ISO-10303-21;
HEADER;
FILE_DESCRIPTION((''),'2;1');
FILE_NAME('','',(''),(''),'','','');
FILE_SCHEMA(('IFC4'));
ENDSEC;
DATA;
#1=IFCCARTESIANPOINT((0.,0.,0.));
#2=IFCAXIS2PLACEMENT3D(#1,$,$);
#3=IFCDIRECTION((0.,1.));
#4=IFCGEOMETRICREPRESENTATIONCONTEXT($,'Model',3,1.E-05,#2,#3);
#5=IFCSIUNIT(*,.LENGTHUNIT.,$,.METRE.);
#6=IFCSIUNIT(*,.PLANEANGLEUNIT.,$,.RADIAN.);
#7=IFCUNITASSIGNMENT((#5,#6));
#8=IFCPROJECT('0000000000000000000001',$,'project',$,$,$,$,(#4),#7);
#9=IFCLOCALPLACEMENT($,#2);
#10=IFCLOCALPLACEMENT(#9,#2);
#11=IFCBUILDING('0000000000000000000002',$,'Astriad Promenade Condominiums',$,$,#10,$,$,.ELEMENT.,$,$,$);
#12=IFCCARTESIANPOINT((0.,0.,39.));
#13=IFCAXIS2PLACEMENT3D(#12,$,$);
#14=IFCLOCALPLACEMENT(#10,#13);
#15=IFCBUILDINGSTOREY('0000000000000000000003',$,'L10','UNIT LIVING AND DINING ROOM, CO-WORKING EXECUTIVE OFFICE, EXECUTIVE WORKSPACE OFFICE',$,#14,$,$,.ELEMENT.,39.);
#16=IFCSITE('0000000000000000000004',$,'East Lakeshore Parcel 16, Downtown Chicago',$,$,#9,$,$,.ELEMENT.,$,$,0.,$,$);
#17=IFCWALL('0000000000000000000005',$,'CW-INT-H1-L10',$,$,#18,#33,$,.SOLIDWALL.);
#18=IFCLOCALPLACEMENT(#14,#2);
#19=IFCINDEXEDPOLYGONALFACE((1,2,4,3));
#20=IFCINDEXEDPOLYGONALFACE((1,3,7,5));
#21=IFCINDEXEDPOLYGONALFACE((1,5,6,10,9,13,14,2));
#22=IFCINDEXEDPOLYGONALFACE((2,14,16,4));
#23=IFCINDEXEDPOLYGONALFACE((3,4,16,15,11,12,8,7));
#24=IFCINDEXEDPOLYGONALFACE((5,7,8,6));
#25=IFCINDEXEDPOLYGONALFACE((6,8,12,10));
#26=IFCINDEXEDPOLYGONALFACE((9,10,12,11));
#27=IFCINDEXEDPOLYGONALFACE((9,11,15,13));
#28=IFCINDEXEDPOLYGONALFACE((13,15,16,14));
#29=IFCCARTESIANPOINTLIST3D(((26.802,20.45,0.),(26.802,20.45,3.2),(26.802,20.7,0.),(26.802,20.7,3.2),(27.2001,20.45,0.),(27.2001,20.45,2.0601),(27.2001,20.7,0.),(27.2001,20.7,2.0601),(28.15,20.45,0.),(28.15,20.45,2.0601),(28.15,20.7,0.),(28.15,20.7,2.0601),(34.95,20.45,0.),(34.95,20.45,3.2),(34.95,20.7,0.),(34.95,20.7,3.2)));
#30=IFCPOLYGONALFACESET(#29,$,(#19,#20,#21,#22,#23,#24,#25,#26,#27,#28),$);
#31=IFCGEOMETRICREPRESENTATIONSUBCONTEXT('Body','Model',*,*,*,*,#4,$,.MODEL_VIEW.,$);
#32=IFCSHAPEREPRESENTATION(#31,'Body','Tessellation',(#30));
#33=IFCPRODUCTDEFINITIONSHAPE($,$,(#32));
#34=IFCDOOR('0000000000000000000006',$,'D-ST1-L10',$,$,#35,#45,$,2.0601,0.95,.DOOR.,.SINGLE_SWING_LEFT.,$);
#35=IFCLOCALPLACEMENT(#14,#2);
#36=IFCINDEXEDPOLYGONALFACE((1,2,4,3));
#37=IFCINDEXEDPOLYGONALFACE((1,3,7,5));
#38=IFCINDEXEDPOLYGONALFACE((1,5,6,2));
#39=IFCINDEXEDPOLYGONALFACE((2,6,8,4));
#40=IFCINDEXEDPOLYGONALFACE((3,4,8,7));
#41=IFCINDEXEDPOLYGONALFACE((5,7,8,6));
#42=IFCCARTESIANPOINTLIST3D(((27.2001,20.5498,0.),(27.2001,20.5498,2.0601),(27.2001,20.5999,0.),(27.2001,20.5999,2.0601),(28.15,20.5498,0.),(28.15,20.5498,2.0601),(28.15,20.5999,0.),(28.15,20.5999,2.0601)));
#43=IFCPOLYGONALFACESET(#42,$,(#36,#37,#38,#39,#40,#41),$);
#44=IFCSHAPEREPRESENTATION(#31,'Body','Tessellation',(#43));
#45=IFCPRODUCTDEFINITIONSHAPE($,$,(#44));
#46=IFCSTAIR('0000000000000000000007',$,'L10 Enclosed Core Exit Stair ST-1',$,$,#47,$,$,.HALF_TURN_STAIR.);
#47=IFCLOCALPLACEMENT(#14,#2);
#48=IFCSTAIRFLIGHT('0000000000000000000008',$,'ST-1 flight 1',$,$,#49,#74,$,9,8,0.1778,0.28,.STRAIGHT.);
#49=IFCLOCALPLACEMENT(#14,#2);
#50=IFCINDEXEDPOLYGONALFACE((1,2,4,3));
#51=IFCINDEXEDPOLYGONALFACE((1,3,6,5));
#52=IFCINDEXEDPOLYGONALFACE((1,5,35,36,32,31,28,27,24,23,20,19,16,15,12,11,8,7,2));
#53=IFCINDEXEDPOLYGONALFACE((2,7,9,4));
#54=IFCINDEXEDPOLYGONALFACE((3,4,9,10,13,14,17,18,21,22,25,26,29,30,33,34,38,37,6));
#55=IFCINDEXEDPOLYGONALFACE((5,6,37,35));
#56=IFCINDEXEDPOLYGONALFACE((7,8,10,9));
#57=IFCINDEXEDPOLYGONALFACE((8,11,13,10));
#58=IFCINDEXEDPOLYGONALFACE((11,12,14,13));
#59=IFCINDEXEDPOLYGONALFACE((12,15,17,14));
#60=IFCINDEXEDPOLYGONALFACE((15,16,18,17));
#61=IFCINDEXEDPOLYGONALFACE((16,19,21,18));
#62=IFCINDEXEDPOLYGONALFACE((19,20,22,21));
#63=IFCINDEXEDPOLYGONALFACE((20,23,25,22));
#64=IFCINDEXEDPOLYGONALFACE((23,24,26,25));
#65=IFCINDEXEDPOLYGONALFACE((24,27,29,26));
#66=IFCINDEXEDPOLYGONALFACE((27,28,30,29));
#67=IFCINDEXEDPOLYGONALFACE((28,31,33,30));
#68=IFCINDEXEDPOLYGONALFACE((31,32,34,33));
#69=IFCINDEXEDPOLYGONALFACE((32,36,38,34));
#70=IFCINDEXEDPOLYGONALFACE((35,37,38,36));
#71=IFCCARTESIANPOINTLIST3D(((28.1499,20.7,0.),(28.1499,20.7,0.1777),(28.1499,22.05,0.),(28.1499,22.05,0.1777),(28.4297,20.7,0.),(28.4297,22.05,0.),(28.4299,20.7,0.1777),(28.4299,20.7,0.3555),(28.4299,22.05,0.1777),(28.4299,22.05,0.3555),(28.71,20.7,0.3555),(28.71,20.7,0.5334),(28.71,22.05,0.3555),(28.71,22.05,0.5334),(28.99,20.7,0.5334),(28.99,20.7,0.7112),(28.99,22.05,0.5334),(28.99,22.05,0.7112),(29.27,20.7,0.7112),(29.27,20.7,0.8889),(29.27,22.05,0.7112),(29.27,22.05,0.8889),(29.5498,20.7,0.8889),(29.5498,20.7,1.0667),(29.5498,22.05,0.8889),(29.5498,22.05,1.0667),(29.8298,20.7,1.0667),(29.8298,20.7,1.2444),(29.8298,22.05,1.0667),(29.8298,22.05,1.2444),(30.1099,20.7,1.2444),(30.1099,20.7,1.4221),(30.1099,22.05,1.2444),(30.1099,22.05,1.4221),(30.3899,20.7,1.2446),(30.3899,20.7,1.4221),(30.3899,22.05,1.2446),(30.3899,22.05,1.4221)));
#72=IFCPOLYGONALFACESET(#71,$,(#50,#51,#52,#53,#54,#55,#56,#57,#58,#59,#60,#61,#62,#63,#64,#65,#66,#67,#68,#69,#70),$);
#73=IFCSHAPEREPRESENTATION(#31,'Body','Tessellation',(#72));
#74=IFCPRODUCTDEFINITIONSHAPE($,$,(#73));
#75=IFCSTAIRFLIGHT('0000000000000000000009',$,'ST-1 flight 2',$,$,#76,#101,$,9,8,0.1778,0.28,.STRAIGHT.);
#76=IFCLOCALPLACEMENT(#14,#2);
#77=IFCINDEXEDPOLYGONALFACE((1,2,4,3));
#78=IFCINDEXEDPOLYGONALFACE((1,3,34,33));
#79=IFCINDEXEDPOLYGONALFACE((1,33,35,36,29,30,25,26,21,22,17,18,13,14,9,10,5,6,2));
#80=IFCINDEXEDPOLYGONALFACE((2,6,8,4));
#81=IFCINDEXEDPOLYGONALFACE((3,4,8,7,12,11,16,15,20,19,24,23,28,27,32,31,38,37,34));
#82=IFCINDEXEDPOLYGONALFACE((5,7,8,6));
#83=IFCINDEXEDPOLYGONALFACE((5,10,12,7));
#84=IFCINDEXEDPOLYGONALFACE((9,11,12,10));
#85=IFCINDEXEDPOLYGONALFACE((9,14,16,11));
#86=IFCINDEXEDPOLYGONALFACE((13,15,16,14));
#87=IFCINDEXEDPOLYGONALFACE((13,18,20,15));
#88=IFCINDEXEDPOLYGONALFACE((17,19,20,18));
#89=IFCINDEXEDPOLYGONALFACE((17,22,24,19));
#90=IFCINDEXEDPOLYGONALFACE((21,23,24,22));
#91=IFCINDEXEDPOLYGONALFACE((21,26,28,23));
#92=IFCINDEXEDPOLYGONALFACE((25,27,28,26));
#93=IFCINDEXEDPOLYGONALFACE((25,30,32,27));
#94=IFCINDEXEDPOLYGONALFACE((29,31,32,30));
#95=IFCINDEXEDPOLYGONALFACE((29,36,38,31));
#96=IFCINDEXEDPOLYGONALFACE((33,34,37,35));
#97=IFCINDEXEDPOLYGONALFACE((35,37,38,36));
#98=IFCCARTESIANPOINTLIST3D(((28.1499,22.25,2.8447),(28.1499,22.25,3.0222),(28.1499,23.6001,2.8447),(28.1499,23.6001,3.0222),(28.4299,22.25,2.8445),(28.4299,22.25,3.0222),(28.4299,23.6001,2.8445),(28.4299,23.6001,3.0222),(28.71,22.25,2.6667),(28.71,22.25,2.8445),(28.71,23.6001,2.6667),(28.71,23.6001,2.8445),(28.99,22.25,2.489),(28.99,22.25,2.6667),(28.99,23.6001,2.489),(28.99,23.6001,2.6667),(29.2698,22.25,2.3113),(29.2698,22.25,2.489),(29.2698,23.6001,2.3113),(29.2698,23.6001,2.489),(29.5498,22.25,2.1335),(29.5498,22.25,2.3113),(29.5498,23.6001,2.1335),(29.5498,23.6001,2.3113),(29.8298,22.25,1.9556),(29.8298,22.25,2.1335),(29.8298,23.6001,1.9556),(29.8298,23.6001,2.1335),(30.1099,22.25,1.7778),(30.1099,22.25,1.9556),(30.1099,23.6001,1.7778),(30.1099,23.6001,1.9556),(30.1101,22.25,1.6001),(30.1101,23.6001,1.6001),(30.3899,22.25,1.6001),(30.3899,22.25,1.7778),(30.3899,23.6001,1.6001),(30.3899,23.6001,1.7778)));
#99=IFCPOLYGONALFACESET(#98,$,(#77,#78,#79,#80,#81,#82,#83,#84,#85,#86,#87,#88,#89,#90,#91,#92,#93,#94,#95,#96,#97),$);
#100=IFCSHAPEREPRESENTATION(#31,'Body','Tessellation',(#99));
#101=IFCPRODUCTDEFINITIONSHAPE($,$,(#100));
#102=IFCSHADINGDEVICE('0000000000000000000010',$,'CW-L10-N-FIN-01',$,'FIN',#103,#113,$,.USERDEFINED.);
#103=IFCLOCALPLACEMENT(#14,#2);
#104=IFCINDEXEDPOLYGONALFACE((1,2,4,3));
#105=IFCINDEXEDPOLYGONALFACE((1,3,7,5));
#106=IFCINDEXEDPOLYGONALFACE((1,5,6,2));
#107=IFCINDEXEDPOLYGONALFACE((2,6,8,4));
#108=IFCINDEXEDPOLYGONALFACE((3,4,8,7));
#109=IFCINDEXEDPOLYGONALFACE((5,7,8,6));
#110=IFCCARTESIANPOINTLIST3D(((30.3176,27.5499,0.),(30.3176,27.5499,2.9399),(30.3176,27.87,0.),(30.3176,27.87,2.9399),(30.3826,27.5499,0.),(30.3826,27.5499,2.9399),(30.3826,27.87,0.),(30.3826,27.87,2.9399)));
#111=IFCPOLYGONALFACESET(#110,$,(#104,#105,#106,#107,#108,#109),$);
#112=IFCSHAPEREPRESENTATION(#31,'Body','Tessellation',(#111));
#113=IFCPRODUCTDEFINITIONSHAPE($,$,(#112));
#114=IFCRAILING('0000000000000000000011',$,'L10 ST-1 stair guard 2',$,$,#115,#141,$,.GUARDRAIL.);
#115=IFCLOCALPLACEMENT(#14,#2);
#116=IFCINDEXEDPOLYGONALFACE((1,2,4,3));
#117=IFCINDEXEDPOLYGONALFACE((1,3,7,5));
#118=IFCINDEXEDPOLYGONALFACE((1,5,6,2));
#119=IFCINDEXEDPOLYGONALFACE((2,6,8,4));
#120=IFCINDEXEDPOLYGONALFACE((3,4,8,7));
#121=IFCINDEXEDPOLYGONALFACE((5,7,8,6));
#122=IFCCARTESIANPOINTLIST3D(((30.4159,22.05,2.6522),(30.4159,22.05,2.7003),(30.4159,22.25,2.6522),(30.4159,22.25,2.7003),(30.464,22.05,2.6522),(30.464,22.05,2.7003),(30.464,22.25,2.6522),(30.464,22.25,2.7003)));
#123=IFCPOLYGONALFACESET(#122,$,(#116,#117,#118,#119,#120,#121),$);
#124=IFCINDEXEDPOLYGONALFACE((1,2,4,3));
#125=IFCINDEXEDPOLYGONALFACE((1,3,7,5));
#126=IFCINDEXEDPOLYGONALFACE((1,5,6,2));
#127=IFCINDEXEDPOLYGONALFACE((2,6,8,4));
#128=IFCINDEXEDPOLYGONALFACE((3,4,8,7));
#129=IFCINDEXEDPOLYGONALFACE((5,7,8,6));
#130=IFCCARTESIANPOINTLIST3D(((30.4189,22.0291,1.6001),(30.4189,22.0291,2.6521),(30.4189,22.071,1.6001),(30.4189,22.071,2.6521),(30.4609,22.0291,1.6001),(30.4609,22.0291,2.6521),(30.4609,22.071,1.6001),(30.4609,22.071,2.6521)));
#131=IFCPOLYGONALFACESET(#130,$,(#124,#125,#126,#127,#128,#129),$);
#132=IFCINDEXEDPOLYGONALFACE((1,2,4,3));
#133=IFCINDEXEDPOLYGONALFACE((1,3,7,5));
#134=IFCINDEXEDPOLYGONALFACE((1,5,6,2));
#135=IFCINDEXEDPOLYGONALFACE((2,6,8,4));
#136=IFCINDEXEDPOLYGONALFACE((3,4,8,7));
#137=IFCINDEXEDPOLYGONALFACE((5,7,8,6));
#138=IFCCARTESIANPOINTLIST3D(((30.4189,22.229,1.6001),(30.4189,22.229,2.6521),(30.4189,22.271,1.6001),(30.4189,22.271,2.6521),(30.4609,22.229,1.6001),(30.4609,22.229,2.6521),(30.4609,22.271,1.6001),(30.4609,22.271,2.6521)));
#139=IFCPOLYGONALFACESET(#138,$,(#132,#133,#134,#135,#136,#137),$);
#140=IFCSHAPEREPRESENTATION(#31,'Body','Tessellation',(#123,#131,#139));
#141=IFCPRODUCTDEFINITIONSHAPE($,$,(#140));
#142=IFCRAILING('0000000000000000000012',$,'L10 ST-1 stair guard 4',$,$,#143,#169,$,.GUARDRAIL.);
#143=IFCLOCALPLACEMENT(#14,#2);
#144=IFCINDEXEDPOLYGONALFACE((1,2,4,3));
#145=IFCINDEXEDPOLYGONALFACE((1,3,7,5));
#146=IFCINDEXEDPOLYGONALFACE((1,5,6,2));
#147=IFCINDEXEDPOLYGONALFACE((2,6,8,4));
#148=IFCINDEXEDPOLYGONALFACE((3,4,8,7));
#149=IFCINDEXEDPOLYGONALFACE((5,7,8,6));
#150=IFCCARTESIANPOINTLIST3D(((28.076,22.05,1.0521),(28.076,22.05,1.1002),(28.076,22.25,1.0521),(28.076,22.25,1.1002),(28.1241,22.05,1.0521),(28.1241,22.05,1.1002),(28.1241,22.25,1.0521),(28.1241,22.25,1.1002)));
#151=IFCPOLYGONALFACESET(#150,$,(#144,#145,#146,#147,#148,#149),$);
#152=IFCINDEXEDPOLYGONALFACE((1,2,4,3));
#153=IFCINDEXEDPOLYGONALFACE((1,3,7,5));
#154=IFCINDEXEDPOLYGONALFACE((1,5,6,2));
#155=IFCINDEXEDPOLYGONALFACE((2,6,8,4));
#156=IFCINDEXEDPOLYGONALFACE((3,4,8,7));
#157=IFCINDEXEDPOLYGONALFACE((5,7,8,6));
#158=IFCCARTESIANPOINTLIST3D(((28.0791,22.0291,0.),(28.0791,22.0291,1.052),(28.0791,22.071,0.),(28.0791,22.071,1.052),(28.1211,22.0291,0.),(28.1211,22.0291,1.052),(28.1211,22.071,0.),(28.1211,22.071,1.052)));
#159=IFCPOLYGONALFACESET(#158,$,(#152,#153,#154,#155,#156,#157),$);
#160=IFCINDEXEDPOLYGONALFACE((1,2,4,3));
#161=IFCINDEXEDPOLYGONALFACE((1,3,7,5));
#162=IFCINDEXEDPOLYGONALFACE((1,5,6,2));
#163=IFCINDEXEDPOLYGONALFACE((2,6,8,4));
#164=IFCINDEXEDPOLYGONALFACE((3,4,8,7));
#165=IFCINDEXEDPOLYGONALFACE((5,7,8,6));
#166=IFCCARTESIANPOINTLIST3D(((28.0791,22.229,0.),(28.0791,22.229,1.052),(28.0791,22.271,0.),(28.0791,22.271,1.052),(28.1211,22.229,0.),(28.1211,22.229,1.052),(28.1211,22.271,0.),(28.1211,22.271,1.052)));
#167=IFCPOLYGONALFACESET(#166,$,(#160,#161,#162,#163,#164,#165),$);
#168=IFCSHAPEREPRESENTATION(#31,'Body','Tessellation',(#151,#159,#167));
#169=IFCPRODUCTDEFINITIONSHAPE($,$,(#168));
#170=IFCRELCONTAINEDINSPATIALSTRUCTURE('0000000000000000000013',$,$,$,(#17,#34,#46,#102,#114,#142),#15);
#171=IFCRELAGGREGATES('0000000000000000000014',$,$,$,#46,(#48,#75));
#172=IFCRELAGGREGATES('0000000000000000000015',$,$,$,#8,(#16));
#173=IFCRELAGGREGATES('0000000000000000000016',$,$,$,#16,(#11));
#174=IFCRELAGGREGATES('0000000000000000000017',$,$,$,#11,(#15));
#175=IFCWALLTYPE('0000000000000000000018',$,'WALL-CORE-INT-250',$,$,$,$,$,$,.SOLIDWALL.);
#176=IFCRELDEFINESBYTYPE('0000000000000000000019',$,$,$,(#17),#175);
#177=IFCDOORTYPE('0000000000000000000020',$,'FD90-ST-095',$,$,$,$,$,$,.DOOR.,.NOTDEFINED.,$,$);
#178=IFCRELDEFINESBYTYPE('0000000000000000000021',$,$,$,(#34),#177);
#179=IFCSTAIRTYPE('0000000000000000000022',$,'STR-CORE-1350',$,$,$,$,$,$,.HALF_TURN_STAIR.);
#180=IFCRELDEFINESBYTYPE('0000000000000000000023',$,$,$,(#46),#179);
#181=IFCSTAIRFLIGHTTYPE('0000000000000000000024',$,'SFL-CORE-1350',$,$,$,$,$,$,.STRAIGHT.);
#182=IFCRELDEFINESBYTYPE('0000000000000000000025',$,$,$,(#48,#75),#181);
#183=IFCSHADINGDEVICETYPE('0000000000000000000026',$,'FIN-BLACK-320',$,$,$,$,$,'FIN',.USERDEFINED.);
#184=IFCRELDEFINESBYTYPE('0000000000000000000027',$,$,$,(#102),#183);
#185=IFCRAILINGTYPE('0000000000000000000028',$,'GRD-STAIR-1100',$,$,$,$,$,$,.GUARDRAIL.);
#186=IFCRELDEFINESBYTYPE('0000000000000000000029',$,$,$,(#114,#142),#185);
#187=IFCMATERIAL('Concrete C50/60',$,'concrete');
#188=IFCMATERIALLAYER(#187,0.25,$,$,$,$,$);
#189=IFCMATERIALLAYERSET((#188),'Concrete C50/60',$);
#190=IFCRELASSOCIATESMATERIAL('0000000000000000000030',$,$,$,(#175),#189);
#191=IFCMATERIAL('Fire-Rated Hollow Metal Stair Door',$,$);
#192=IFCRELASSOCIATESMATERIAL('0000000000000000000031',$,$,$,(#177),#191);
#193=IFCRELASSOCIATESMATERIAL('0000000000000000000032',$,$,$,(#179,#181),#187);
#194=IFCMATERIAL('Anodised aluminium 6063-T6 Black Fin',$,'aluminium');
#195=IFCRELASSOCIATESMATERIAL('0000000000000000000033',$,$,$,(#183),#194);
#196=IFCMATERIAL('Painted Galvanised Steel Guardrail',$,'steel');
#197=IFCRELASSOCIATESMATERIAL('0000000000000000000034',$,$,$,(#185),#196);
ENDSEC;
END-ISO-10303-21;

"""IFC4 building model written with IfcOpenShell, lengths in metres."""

from ifc_helpers import new_model, si_unit, direction, frame, frame_2d, origin, origin_2d, place, context, subcontext, project, spatial, polyline, rectangle, outline, extrude, source, transform, mapped, material, layer, layer_set, type_object, type_shapes, element, fill, aggregate, save


model = new_model("IFC4")

# Units and contexts
model_context = context("Model", 3, precision=1e-05, world=origin(), true_north=direction((0.0, 1.0)))
body_context = subcontext(model_context, "Body", "Model", "MODEL_VIEW")
ifc_project = project(units=[si_unit("LENGTHUNIT", "METRE"), si_unit("PLANEANGLEUNIT", "RADIAN")], contexts=[model_context])

# Site, building, storey
site_placement = place(None, origin())
site = spatial("IfcSite", under=ifc_project, at=site_placement, Name="East Lakeshore Parcel 16, Downtown Chicago", CompositionType="ELEMENT", RefElevation=0.0)
building_placement = place(site_placement, origin())
building = spatial("IfcBuilding", under=site, at=building_placement, Name="Astriad Promenade Condominiums", CompositionType="ELEMENT")
storey_placement = place(building_placement, frame((0.0, 0.0, 39.0)))
storey = spatial("IfcBuildingStorey", under=building, at=storey_placement, Name="L10", Description="UNIT LIVING AND DINING ROOM, CO-WORKING EXECUTIVE OFFICE, EXECUTIVE WORKSPACE OFFICE", CompositionType="ELEMENT", Elevation=39.0)

# Wall, opening, door
ifc_material_1 = material(Name="Concrete C50/60", Category="concrete")
ifc_layer_1 = layer(ifc_material_1, 0.25)
ifc_layer_set_1 = layer_set([ifc_layer_1], Name="Concrete C50/60")
wall_type = type_object("IfcWallType", Name="WALL-CORE-INT-250", PredefinedType="SOLIDWALL", material=ifc_layer_set_1)
wall_placement = place(storey_placement, frame((26.802, 20.575, 0.0), z_axis=(0.0, 0.0, 1.0), x_axis=(1.0, 0.0, 0.0)))
wall = element("IfcWall", 1, at=wall_placement, inside=storey, type_object=wall_type, Name="CW-INT-H1-L10", PredefinedType="SOLIDWALL", context=body_context, shape_type="SweptSolid", body=[
    extrude(rectangle(XDim=8.1479, YDim=0.25, at=frame_2d((4.074, 0.0))), origin(), (0.0, 0.0, 1.0), 3.2),
])
opening_placement = place(wall_placement, frame((0.3979, 0.0, 0.0)))
opening = element("IfcOpeningElement", 2, at=opening_placement, cuts=wall, PredefinedType="OPENING", context=body_context, shape_type="SweptSolid", body=[
    extrude(rectangle(XDim=0.95, YDim=2.0601, at=frame_2d((0.4751, 1.03))), frame((0.0, 0.135, 0.0), z_axis=(0.0, -1.0, 0.0), x_axis=(1.0, 0.0, 0.0)), (0.0, 0.0, 1.0), 0.27),
])
ifc_material_2 = material(Name="Fire-Rated Hollow Metal Stair Door")
door_type = type_object("IfcDoorType", Name="FD90-ST-095", OperationType="NOTDEFINED", PredefinedType="DOOR", material=ifc_material_2)
shared_shape_1 = source(origin(), body_context, "Body", "SweptSolid", [
    extrude(rectangle(XDim=0.95, YDim=2.0601, at=frame_2d((0.4751, 1.03))), frame((0.0, 0.0249, 0.0), z_axis=(0.0, -1.0, 0.0), x_axis=(1.0, 0.0, 0.0)), (0.0, 0.0, 1.0), 0.05),
])
type_shapes(door_type, [shared_shape_1])
door_placement = place(opening_placement, origin())
door = element("IfcDoor", 3, at=door_placement, inside=storey, type_object=door_type, Name="D-ST1-L10", OperationType="SINGLE_SWING_LEFT", OverallHeight=2.0601, OverallWidth=0.95, PredefinedType="DOOR", context=body_context, shape_type="MappedRepresentation", body=[
    mapped(shared_shape_1, transform((0.0, 0.0, 0.0), scale=1.0)),
])
fill(opening, door)

# Stair, stair flights
stair_type = type_object("IfcStairType", Name="STR-CORE-1350", PredefinedType="HALF_TURN_STAIR", material=ifc_material_1)
stair_placement = place(storey_placement, origin())
stair = element("IfcStair", 4, at=stair_placement, inside=storey, type_object=stair_type, Name="L10 Enclosed Core Exit Stair ST-1", PredefinedType="HALF_TURN_STAIR")
stair_flight_type = type_object("IfcStairFlightType", Name="SFL-CORE-1350", PredefinedType="STRAIGHT", material=ifc_material_1)
shared_shape_2 = source(origin(), body_context, "Body", "SweptSolid", [
    extrude(outline(polyline([(0.0, 0.0), (0.0, 0.1777), (0.28, 0.1777), (0.28, 0.3555), (0.5601, 0.3555), (0.5601, 0.5334), (0.8401, 0.5334), (0.8401, 0.7112), (1.1201, 0.7112), (1.1201, 0.8889), (1.3999, 0.8889), (1.3999, 1.0667), (1.6799, 1.0667), (1.6799, 1.2444), (1.96, 1.2444), (1.96, 1.4221), (2.24, 1.4221), (2.24, 1.6001), (2.24, 1.2446), (0.2798, 0.0), (0.0, 0.0)])), frame((0.0, 0.675, 0.0), z_axis=(0.0, -1.0, 0.0), x_axis=(1.0, 0.0, 0.0)), (0.0, 0.0, 1.0), 1.3501),
])
type_shapes(stair_flight_type, [shared_shape_2])
stair_flight_1_placement = place(storey_placement, frame((28.1499, 21.375, 0.0), z_axis=(0.0, 0.0, 1.0), x_axis=(1.0, 0.0, 0.0)))
stair_flight_1 = element("IfcStairFlight", 5, at=stair_flight_1_placement, type_object=stair_flight_type, Name="ST-1 flight 1", NumberOfRisers=9, NumberOfTreads=8, PredefinedType="STRAIGHT", RiserHeight=0.1778, TreadLength=0.28, context=body_context, shape_type="MappedRepresentation", body=[
    mapped(shared_shape_2, transform((0.0, 0.0, 0.0), scale=1.0)),
])
stair_flight_2_placement = place(storey_placement, frame((30.3899, 22.925, 1.6001), z_axis=(0.0, 0.0, 1.0), x_axis=(-1.0, 0.0, 0.0)))
stair_flight_2 = element("IfcStairFlight", 6, at=stair_flight_2_placement, type_object=stair_flight_type, Name="ST-1 flight 2", NumberOfRisers=9, NumberOfTreads=8, PredefinedType="STRAIGHT", RiserHeight=0.1778, TreadLength=0.28, context=body_context, shape_type="MappedRepresentation", body=[
    mapped(shared_shape_2, transform((0.0, 0.0, 0.0), scale=1.0)),
])
aggregate(stair, [stair_flight_1, stair_flight_2])

# Shading device
ifc_material_3 = material(Name="Anodised aluminium 6063-T6 Black Fin", Category="aluminium")
shading_device_type = type_object("IfcShadingDeviceType", Name="FIN-BLACK-320", ElementType="FIN", PredefinedType="USERDEFINED", material=ifc_material_3)
shared_shape_3 = source(origin(), body_context, "Body", "SweptSolid", [
    extrude(rectangle(XDim=0.0649, YDim=0.3201, at=origin_2d()), origin(), (0.0, 0.0, 1.0), 2.9399),
])
type_shapes(shading_device_type, [shared_shape_3])
shading_device_placement = place(storey_placement, frame((30.3501, 27.71, 0.0), z_axis=(0.0, 0.0, 1.0), x_axis=(1.0, 0.0, 0.0)))
element("IfcShadingDevice", 7, at=shading_device_placement, inside=storey, type_object=shading_device_type, Name="CW-L10-N-FIN-01", ObjectType="FIN", PredefinedType="USERDEFINED", context=body_context, shape_type="MappedRepresentation", body=[
    mapped(shared_shape_3, transform((0.0, 0.0, 0.0), scale=1.0)),
])

# Railings
ifc_material_4 = material(Name="Painted Galvanised Steel Guardrail", Category="steel")
railing_type_1 = type_object("IfcRailingType", Name="GRD-STAIR-1100", PredefinedType="GUARDRAIL", material=ifc_material_4)
shared_shape_4 = source(origin(), body_context, "Body", "SweptSolid", [
    extrude(rectangle(XDim=0.0481, YDim=0.0481, at=origin_2d()), frame((0.0, 0.0, 1.0762), z_axis=(0.0, 1.0, 0.0), x_axis=(-1.0, 0.0, 0.0)), (0.0, 0.0, 1.0), 0.2),
    extrude(rectangle(XDim=0.042, YDim=0.042, at=origin_2d()), origin(), (0.0, 0.0, 1.0), 1.052),
    extrude(rectangle(XDim=0.042, YDim=0.042, at=origin_2d()), frame((0.0, 0.2, 0.0)), (0.0, 0.0, 1.0), 1.052),
])
for number, where, name in (
    (8, (30.4399, 22.05, 1.6001), "L10 ST-1 stair guard 2"),
    (9, (28.1001, 22.05, 0.0), "L10 ST-1 stair guard 4"),
):
    element("IfcRailing", number, at=place(storey_placement, frame(where)), inside=storey, type_object=railing_type_1, Name=name, PredefinedType="GUARDRAIL", context=body_context, shape_type="MappedRepresentation", body=[
        mapped(shared_shape_4, transform((0.0, 0.0, 0.0), scale=1.0)),
    ])

save(model, "model.ifc")
